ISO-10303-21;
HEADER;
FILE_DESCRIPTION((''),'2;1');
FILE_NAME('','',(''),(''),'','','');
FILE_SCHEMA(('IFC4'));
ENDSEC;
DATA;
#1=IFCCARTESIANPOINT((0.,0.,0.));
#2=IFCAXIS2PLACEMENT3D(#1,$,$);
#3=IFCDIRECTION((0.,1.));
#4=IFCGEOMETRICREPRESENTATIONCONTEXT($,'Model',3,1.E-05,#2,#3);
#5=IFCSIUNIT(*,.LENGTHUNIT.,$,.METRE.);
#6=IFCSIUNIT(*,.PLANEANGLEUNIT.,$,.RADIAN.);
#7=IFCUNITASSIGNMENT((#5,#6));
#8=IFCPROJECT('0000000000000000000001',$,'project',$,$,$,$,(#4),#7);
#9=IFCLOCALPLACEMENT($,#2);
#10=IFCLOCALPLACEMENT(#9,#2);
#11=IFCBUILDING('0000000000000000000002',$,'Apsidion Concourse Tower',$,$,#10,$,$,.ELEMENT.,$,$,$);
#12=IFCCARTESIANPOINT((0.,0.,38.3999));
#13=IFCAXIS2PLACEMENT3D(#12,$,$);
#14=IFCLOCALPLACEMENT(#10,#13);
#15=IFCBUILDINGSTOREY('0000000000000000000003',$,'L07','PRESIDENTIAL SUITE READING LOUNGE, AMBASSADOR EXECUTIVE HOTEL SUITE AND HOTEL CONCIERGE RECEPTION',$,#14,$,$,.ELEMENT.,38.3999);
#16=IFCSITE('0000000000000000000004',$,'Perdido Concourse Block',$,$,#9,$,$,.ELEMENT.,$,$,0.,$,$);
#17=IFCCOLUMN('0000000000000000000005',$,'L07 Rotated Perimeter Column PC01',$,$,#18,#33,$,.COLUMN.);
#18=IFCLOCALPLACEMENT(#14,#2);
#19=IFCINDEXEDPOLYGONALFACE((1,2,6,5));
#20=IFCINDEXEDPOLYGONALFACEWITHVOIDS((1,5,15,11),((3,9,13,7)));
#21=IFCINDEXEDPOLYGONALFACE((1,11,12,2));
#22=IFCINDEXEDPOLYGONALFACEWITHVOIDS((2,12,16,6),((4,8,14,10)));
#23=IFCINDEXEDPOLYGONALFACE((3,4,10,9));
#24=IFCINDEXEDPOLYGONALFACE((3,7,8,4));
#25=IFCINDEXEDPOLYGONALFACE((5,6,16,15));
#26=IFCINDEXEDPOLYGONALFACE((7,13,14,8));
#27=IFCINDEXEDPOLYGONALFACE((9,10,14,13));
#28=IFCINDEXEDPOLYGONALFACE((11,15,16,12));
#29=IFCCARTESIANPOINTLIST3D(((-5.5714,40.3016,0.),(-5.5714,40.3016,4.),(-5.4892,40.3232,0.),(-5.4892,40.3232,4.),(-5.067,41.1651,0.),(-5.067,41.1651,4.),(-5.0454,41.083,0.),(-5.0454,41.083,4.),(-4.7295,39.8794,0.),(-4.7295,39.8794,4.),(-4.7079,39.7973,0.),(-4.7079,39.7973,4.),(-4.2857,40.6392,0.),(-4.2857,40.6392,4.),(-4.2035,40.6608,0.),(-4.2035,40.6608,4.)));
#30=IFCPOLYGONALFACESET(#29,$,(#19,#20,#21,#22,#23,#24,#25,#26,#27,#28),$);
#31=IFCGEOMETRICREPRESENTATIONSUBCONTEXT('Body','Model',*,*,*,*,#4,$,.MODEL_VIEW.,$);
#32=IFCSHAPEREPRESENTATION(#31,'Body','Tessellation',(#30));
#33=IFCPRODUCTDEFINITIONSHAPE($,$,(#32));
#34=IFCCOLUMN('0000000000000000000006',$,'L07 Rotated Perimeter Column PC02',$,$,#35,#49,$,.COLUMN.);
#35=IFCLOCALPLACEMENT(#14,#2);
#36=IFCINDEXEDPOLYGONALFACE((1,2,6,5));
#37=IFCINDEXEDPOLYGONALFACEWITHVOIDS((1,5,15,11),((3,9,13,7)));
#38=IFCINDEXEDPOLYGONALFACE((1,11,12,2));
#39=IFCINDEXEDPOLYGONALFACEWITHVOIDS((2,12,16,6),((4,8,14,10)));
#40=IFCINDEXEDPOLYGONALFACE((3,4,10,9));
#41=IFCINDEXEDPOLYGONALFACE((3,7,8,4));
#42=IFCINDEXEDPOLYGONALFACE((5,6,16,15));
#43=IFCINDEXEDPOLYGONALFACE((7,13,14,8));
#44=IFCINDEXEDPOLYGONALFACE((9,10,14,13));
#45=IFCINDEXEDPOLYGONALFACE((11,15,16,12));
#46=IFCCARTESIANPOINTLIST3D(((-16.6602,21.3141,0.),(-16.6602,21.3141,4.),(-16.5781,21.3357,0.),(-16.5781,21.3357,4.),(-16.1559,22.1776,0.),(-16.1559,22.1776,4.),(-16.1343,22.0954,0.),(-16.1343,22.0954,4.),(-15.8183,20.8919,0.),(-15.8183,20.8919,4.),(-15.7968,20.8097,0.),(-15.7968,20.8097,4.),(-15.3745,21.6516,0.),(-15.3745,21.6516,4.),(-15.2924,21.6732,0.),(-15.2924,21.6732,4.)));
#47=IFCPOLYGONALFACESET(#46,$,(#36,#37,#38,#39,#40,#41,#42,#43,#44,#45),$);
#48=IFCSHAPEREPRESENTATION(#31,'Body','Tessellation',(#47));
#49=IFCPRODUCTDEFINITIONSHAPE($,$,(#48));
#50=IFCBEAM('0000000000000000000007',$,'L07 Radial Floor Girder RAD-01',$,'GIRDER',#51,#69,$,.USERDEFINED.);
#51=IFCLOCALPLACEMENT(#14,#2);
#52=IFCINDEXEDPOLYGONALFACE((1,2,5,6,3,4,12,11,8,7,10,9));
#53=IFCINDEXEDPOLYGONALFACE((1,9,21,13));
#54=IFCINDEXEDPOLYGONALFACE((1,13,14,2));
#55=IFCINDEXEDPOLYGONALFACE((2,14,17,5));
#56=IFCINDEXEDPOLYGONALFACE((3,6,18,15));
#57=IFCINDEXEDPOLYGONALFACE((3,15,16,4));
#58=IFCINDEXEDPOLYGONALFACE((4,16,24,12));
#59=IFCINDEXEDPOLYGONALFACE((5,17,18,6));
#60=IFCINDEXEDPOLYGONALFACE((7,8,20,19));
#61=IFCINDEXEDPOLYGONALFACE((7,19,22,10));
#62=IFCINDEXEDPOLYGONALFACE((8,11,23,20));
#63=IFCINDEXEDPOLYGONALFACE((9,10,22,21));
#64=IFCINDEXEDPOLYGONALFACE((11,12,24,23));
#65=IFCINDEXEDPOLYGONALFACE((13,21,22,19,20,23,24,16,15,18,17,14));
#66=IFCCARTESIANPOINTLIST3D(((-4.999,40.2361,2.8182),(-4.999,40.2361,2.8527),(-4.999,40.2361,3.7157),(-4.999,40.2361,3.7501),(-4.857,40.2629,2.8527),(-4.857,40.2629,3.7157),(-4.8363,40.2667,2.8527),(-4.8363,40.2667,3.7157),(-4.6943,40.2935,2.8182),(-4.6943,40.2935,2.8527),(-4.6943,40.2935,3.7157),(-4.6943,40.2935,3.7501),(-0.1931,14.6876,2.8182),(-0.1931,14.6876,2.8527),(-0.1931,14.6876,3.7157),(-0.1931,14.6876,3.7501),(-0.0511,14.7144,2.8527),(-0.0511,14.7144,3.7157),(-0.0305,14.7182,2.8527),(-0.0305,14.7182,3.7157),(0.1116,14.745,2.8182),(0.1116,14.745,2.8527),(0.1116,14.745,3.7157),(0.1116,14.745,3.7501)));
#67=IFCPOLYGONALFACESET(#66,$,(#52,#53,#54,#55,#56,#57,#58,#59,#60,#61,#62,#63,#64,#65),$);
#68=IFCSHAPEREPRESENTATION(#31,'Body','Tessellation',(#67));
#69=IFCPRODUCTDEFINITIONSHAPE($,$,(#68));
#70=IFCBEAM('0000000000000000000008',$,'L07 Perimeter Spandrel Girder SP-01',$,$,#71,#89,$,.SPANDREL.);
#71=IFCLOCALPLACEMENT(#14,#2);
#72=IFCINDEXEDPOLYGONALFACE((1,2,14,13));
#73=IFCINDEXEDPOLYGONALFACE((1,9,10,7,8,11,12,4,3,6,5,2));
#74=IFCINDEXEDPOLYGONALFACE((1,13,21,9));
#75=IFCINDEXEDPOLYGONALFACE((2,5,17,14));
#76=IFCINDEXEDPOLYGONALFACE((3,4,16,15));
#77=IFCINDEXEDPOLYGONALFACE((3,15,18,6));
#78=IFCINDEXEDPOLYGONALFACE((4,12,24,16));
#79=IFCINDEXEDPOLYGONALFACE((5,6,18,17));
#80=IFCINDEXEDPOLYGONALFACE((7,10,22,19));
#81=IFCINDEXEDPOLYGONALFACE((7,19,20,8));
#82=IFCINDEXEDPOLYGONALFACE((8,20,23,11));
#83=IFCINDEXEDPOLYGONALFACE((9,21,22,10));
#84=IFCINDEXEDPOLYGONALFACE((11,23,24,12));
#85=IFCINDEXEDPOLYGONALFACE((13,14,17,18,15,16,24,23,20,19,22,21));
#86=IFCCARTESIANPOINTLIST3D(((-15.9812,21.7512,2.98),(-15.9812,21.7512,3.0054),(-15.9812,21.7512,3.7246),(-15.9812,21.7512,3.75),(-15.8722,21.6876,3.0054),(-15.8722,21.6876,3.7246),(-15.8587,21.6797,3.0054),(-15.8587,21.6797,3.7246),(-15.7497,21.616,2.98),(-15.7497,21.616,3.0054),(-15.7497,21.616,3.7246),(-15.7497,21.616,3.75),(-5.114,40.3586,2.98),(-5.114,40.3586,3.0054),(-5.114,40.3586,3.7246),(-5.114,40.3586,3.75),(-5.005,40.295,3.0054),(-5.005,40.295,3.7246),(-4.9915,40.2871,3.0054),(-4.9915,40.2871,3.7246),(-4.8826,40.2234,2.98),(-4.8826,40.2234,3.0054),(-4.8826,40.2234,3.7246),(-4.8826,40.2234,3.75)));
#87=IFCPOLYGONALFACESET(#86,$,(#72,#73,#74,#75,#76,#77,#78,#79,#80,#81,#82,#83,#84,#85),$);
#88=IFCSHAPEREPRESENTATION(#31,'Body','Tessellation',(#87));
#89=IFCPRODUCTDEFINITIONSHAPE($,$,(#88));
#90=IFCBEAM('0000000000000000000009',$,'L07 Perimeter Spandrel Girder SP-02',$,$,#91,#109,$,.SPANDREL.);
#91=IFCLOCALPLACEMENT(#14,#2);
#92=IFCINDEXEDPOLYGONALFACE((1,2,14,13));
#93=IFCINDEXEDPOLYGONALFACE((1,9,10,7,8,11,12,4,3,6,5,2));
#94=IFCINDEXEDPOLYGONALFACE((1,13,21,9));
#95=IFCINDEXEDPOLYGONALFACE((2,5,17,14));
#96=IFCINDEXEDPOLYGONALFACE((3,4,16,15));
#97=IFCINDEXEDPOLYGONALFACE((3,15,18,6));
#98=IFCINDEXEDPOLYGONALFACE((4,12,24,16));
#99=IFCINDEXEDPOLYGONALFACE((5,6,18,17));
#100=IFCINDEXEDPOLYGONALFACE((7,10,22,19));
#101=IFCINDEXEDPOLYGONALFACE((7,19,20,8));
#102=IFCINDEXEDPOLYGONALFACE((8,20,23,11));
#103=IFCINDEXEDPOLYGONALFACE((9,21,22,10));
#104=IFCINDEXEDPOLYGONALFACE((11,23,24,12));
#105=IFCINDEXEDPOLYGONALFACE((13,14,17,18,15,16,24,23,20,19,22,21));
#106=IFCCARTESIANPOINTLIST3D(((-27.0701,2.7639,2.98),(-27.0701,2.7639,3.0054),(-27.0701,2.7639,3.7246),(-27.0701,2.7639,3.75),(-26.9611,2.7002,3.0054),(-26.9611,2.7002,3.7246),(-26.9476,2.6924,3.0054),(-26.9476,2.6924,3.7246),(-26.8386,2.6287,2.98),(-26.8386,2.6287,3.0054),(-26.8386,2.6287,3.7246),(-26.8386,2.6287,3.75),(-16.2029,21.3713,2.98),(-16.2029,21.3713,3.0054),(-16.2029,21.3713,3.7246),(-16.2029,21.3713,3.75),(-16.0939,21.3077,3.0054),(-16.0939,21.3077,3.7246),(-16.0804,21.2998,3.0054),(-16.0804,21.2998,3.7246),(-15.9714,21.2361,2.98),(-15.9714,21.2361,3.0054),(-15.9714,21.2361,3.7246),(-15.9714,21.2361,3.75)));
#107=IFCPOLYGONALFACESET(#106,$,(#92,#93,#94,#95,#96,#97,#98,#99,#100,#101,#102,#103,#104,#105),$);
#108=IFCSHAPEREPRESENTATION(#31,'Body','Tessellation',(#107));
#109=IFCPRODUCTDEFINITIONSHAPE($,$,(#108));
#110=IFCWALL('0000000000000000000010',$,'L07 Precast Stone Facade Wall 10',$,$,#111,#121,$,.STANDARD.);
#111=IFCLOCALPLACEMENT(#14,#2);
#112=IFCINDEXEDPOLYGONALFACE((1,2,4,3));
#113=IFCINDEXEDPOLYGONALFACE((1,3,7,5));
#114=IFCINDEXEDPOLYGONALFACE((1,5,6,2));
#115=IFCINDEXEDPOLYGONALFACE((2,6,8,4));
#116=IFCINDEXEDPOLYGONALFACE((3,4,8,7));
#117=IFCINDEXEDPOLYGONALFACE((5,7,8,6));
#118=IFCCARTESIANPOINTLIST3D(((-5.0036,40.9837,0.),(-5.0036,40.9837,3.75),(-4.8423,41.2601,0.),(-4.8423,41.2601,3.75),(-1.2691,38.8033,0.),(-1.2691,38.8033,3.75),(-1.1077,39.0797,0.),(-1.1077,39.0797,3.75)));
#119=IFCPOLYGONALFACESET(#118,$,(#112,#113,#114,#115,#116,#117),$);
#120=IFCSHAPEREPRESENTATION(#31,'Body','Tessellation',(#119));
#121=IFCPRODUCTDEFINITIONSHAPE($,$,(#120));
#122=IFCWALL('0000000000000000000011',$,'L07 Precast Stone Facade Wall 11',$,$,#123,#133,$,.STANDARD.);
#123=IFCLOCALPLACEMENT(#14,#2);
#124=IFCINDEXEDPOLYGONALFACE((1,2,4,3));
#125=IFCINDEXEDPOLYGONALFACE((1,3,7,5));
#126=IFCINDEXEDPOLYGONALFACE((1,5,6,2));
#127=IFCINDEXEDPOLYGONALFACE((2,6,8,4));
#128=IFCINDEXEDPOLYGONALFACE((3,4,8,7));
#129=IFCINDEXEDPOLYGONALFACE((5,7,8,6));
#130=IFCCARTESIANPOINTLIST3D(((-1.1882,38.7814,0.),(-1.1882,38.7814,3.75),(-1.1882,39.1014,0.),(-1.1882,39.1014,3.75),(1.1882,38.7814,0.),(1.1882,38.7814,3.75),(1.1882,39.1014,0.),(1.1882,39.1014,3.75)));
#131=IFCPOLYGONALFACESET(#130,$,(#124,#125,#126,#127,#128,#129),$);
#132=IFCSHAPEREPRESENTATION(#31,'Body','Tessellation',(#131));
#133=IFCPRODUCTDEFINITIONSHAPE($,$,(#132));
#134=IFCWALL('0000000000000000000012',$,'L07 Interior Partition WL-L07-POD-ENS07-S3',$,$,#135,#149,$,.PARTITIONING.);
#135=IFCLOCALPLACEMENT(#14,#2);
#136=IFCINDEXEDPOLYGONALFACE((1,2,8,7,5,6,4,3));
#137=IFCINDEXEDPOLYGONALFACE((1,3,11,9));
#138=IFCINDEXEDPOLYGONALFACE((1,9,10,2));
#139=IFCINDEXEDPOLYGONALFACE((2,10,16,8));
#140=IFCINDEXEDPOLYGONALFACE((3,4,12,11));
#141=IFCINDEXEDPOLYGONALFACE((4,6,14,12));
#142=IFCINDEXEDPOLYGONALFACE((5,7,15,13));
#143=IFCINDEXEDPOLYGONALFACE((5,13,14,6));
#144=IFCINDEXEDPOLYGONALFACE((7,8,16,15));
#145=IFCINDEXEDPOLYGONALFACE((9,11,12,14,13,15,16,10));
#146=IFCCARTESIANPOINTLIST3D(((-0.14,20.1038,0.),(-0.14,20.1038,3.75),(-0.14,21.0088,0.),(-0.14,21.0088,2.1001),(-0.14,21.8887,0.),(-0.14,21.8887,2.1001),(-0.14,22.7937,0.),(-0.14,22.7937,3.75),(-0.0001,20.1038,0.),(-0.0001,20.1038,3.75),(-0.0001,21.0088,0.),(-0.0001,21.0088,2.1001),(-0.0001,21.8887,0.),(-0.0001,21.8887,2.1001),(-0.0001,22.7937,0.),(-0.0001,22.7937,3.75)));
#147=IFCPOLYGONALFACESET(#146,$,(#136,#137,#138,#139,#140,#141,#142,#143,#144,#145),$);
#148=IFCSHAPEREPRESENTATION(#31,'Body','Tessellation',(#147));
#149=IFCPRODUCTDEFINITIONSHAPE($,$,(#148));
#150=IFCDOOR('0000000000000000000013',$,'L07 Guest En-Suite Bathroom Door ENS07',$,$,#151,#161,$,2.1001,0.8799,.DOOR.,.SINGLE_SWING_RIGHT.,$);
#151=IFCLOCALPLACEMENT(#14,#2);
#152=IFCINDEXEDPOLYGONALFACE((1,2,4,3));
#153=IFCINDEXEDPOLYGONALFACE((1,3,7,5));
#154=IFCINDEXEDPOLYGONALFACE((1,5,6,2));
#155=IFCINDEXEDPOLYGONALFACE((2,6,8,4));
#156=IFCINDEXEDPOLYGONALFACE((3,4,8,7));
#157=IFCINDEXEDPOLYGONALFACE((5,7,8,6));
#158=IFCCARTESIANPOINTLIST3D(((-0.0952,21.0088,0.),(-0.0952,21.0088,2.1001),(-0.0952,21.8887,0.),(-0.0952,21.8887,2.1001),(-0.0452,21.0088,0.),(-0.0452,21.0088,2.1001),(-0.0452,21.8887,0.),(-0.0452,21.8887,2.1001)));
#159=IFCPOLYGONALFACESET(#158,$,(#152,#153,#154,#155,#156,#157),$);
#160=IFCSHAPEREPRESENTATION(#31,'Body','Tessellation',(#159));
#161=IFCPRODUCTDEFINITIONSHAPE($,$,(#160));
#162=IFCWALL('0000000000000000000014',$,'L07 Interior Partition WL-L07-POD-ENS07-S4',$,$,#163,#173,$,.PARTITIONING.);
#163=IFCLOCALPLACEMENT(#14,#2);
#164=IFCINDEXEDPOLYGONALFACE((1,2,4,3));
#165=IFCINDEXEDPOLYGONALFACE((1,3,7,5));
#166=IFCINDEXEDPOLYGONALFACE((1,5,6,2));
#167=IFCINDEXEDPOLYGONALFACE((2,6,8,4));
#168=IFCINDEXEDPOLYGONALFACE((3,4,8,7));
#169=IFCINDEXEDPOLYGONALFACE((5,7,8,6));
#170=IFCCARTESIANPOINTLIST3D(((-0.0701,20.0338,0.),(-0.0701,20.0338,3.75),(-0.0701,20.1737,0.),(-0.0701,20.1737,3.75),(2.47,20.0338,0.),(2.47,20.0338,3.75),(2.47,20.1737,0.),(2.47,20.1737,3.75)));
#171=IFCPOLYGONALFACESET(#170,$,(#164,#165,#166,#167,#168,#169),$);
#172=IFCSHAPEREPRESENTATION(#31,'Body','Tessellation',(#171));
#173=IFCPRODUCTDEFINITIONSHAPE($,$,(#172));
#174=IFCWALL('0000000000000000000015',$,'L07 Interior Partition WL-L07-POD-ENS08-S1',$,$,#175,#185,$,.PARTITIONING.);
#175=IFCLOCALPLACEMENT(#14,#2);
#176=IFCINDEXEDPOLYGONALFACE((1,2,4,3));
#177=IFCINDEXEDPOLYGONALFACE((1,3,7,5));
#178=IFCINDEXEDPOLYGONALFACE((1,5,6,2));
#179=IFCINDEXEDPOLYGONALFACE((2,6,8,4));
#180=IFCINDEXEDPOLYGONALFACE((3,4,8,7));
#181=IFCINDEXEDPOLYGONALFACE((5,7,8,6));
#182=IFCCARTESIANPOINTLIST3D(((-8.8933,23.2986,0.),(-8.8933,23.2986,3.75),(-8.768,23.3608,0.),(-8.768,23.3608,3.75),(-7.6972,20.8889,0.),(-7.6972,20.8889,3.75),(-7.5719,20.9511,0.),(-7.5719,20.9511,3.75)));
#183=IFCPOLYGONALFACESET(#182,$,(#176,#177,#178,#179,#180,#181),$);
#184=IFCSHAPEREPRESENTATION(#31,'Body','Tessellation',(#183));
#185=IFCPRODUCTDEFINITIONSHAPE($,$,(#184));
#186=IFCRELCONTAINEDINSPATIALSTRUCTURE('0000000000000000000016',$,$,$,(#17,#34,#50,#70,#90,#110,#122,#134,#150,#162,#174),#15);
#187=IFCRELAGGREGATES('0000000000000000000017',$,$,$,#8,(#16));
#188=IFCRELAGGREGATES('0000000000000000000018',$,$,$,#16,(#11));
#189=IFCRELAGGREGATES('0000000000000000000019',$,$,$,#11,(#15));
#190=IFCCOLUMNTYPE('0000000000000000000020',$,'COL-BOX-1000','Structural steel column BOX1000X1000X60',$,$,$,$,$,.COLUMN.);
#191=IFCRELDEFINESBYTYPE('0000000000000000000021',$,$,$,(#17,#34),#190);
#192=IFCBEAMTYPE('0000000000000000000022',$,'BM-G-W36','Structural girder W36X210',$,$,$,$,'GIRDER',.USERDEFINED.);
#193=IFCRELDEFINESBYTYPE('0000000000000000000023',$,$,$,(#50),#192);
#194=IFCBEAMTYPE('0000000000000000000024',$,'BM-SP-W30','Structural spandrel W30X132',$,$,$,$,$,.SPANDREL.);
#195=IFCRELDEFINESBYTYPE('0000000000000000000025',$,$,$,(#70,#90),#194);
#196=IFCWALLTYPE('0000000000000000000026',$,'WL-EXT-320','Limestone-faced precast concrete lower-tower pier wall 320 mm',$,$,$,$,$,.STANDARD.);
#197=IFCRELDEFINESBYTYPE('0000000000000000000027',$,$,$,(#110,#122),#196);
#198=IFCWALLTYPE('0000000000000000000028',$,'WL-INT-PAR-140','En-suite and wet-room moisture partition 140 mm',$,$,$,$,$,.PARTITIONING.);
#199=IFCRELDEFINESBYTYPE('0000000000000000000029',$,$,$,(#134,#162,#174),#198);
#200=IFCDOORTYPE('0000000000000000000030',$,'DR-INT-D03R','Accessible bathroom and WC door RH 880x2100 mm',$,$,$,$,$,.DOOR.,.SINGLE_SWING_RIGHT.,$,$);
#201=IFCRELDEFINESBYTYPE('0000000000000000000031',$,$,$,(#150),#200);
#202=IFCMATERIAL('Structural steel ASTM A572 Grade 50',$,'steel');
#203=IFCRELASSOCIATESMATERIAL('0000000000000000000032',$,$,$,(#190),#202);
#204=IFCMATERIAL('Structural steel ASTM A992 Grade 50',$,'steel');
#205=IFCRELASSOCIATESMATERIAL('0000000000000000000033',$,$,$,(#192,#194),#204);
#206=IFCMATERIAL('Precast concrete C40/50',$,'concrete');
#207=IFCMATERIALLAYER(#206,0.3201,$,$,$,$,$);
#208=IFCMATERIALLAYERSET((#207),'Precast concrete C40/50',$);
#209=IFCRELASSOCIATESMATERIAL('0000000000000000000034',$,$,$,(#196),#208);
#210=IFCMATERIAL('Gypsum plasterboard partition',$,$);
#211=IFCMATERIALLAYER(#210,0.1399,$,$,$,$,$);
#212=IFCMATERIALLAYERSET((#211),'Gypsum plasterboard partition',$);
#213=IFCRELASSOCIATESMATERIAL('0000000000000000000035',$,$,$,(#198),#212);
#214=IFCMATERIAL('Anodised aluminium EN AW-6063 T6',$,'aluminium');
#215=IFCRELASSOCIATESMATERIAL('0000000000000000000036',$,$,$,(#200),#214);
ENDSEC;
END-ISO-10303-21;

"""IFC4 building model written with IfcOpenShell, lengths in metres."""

from ifc_helpers import new_model, si_unit, direction, frame, frame_2d, origin, origin_2d, place, context, subcontext, project, spatial, rectangle, hollow_rectangle, i_section, extrude, material, layer, layer_set, material_profile, profile_set, type_object, element, fill, save


model = new_model("IFC4")

# Units and contexts
model_context = context("Model", 3, precision=1e-05, world=origin(), true_north=direction((0.0, 1.0)))
body_context = subcontext(model_context, "Body", "Model", "MODEL_VIEW")
ifc_project = project(units=[si_unit("LENGTHUNIT", "METRE"), si_unit("PLANEANGLEUNIT", "RADIAN")], contexts=[model_context])

# Site, building, storey
site_placement = place(None, origin())
site = spatial("IfcSite", under=ifc_project, at=site_placement, Name="Perdido Concourse Block", CompositionType="ELEMENT", RefElevation=0.0)
building_placement = place(site_placement, origin())
building = spatial("IfcBuilding", under=site, at=building_placement, Name="Apsidion Concourse Tower", CompositionType="ELEMENT")
storey_placement = place(building_placement, frame((0.0, 0.0, 38.3999)))
storey = spatial("IfcBuildingStorey", under=building, at=storey_placement, Name="L07", Description="PRESIDENTIAL SUITE READING LOUNGE, AMBASSADOR EXECUTIVE HOTEL SUITE AND HOTEL CONCIERGE RECEPTION", CompositionType="ELEMENT", Elevation=38.3999)

# Columns
ifc_material_1 = material(Name="Structural steel ASTM A572 Grade 50", Category="steel")
ifc_material_profile_1 = material_profile(ifc_material_1, hollow_rectangle(XDim=1.0, YDim=1.0, WallThickness=0.0601, at=origin_2d()), Name="BOX1000X1000X60")
ifc_profile_set_1 = profile_set([ifc_material_profile_1], Name="Structural steel ASTM A572 Grade 50")
column_type = type_object("IfcColumnType", Name="COL-BOX-1000", Description="Structural steel column BOX1000X1000X60", PredefinedType="COLUMN", material=ifc_profile_set_1)
for number, where, z_axis, x_axis, name in (
    (1, (-4.8875, 40.4812, 0.0), (0.0, 0.0, 1.0), (0.504377, 0.863484, 0.0), "L07 Rotated Perimeter Column PC01"),
    (2, (-15.9763, 21.4937, 0.0), (0.0, 0.0, 1.0), (0.504377, 0.863484, 0.0), "L07 Rotated Perimeter Column PC02"),
):
    element("IfcColumn", number, at=place(storey_placement, frame(where, z_axis=z_axis, x_axis=x_axis)), inside=storey, type_object=column_type, Name=name, PredefinedType="COLUMN", context=body_context, shape_type="SweptSolid", body=[
        extrude(hollow_rectangle(XDim=1.0, YDim=1.0, WallThickness=0.0601, at=origin_2d()), origin(), (0.0, 0.0, 1.0), 4.0),
    ])

# Beams
ifc_material_2 = material(Name="Structural steel ASTM A992 Grade 50", Category="steel")
ifc_material_profile_2 = material_profile(ifc_material_2, i_section(OverallWidth=0.3101, OverallDepth=0.9319, WebThickness=0.021, FlangeThickness=0.0344, at=origin_2d()), Name="W36X210")
ifc_profile_set_2 = profile_set([ifc_material_profile_2], Name="Structural steel ASTM A992 Grade 50")
beam_type_1 = type_object("IfcBeamType", Name="BM-G-W36", Description="Structural girder W36X210", ElementType="GIRDER", PredefinedType="USERDEFINED", material=ifc_profile_set_2)
beam_placement = place(storey_placement, frame((-0.0408, 14.7163, 3.2842), z_axis=(-0.184866, 0.982764, 0.0), x_axis=(-0.982764, -0.184866, 0.0)))
element("IfcBeam", 3, at=beam_placement, inside=storey, type_object=beam_type_1, Name="L07 Radial Floor Girder RAD-01", ObjectType="GIRDER", PredefinedType="USERDEFINED", context=body_context, shape_type="SweptSolid", body=[
    extrude(i_section(OverallWidth=0.3101, OverallDepth=0.9319, WebThickness=0.021, FlangeThickness=0.0344, at=origin_2d()), origin(), (0.0, 0.0, 1.0), 25.9966),
])
ifc_material_profile_3 = material_profile(ifc_material_2, i_section(OverallWidth=0.2681, OverallDepth=0.77, WebThickness=0.0156, FlangeThickness=0.0254, at=origin_2d()), Name="W30X132")
ifc_profile_set_3 = profile_set([ifc_material_profile_3], Name="Structural steel ASTM A992 Grade 50")
beam_type_2 = type_object("IfcBeamType", Name="BM-SP-W30", Description="Structural spandrel W30X132", PredefinedType="SPANDREL", material=ifc_profile_set_3)
for number, where, z_axis, x_axis, name in (
    (4, (-4.9983, 40.291, 3.365), (-0.504316, -0.863519, 0.0), (0.863519, -0.504316, 0.0), "L07 Perimeter Spandrel Girder SP-01"),
    (5, (-16.0872, 21.3037, 3.365), (-0.504316, -0.863519, 0.0), (0.863519, -0.504316, 0.0), "L07 Perimeter Spandrel Girder SP-02"),
):
    element("IfcBeam", number, at=place(storey_placement, frame(where, z_axis=z_axis, x_axis=x_axis)), inside=storey, type_object=beam_type_2, Name=name, PredefinedType="SPANDREL", context=body_context, shape_type="SweptSolid", body=[
        extrude(i_section(OverallWidth=0.2681, OverallDepth=0.77, WebThickness=0.0156, FlangeThickness=0.0254, at=origin_2d()), origin(), (0.0, 0.0, 1.0), 21.5483),
    ])

# Walls
ifc_material_3 = material(Name="Precast concrete C40/50", Category="concrete")
ifc_layer_1 = layer(ifc_material_3, 0.3201)
ifc_layer_set_1 = layer_set([ifc_layer_1], Name="Precast concrete C40/50")
wall_type_1 = type_object("IfcWallType", Name="WL-EXT-320", Description="Limestone-faced precast concrete lower-tower pier wall 320 mm", PredefinedType="STANDARD", material=ifc_layer_set_1)
wall_1_placement = place(storey_placement, frame((-4.9229, 41.1218, 0.0), z_axis=(0.0, 0.0, 1.0), x_axis=(0.863588, -0.504197, 0.0)))
element("IfcWall", 6, at=wall_1_placement, inside=storey, type_object=wall_type_1, Name="L07 Precast Stone Facade Wall 10", PredefinedType="STANDARD", context=body_context, shape_type="SweptSolid", body=[
    extrude(rectangle(XDim=4.3245, YDim=0.3201, at=frame_2d((2.1621, 0.0))), origin(), (0.0, 0.0, 1.0), 3.75),
])
wall_2_placement = place(storey_placement, frame((-1.1882, 38.9414, 0.0), z_axis=(0.0, 0.0, 1.0), x_axis=(1.0, 0.0, 0.0)))
element("IfcWall", 7, at=wall_2_placement, inside=storey, type_object=wall_type_1, Name="L07 Precast Stone Facade Wall 11", PredefinedType="STANDARD", context=body_context, shape_type="SweptSolid", body=[
    extrude(rectangle(XDim=2.3765, YDim=0.3201, at=frame_2d((1.1882, 0.0))), origin(), (0.0, 0.0, 1.0), 3.75),
])

# Wall, opening, door
ifc_material_4 = material(Name="Gypsum plasterboard partition")
ifc_layer_2 = layer(ifc_material_4, 0.1399)
ifc_layer_set_2 = layer_set([ifc_layer_2], Name="Gypsum plasterboard partition")
wall_type_2 = type_object("IfcWallType", Name="WL-INT-PAR-140", Description="En-suite and wet-room moisture partition 140 mm", PredefinedType="PARTITIONING", material=ifc_layer_set_2)
wall_3_placement = place(storey_placement, frame((-0.0701, 22.7937, 0.0), z_axis=(0.0, 0.0, 1.0), x_axis=(0.0, -1.0, 0.0)))
wall_3 = element("IfcWall", 8, at=wall_3_placement, inside=storey, type_object=wall_type_2, Name="L07 Interior Partition WL-L07-POD-ENS07-S3", PredefinedType="PARTITIONING", context=body_context, shape_type="SweptSolid", body=[
    extrude(rectangle(XDim=2.6899, YDim=0.1399, at=frame_2d((1.345, 0.0))), origin(), (0.0, 0.0, 1.0), 3.75),
])
opening_1_placement = place(wall_3_placement, frame((0.905, 0.0, 0.0)))
opening_1 = element("IfcOpeningElement", 9, at=opening_1_placement, cuts=wall_3, PredefinedType="OPENING", context=body_context, shape_type="SweptSolid", body=[
    extrude(rectangle(XDim=0.8799, YDim=2.1001, at=frame_2d((0.4399, 1.05))), frame((0.0, 0.0801, 0.0), z_axis=(0.0, -1.0, 0.0), x_axis=(1.0, 0.0, 0.0)), (0.0, 0.0, 1.0), 0.1599),
])
ifc_material_5 = material(Name="Anodised aluminium EN AW-6063 T6", Category="aluminium")
door_type_1 = type_object("IfcDoorType", Name="DR-INT-D03R", Description="Accessible bathroom and WC door RH 880x2100 mm", OperationType="SINGLE_SWING_RIGHT", PredefinedType="DOOR", material=ifc_material_5)
door_1_placement = place(opening_1_placement, origin())
door_1 = element("IfcDoor", 10, at=door_1_placement, inside=storey, type_object=door_type_1, Name="L07 Guest En-Suite Bathroom Door ENS07", OperationType="SINGLE_SWING_RIGHT", OverallHeight=2.1001, OverallWidth=0.8799, PredefinedType="DOOR", context=body_context, shape_type="SweptSolid", body=[
    extrude(rectangle(XDim=0.8799, YDim=2.1001, at=frame_2d((0.4399, 1.05))), frame((0.0, 0.0249, 0.0), z_axis=(0.0, -1.0, 0.0), x_axis=(1.0, 0.0, 0.0)), (0.0, 0.0, 1.0), 0.05),
])
fill(opening_1, door_1)

# Walls
wall_4_placement = place(storey_placement, frame((-0.0701, 20.1038, 0.0), z_axis=(0.0, 0.0, 1.0), x_axis=(1.0, 0.0, 0.0)))
element("IfcWall", 11, at=wall_4_placement, inside=storey, type_object=wall_type_2, Name="L07 Interior Partition WL-L07-POD-ENS07-S4", PredefinedType="PARTITIONING", context=body_context, shape_type="SweptSolid", body=[
    extrude(rectangle(XDim=2.54, YDim=0.1399, at=frame_2d((1.27, 0.0))), origin(), (0.0, 0.0, 1.0), 3.75),
])
wall_5_placement = place(storey_placement, frame((-7.6345, 20.9199, 0.0), z_axis=(0.0, 0.0, 1.0), x_axis=(-0.444598, 0.89573, 0.0)))
element("IfcWall", 12, at=wall_5_placement, inside=storey, type_object=wall_type_2, Name="L07 Interior Partition WL-L07-POD-ENS08-S1", PredefinedType="PARTITIONING", context=body_context, shape_type="SweptSolid", body=[
    extrude(rectangle(XDim=2.6902, YDim=0.1399, at=frame_2d((1.3452, 0.0))), origin(), (0.0, 0.0, 1.0), 3.75),
])

save(model, "model.ifc")
